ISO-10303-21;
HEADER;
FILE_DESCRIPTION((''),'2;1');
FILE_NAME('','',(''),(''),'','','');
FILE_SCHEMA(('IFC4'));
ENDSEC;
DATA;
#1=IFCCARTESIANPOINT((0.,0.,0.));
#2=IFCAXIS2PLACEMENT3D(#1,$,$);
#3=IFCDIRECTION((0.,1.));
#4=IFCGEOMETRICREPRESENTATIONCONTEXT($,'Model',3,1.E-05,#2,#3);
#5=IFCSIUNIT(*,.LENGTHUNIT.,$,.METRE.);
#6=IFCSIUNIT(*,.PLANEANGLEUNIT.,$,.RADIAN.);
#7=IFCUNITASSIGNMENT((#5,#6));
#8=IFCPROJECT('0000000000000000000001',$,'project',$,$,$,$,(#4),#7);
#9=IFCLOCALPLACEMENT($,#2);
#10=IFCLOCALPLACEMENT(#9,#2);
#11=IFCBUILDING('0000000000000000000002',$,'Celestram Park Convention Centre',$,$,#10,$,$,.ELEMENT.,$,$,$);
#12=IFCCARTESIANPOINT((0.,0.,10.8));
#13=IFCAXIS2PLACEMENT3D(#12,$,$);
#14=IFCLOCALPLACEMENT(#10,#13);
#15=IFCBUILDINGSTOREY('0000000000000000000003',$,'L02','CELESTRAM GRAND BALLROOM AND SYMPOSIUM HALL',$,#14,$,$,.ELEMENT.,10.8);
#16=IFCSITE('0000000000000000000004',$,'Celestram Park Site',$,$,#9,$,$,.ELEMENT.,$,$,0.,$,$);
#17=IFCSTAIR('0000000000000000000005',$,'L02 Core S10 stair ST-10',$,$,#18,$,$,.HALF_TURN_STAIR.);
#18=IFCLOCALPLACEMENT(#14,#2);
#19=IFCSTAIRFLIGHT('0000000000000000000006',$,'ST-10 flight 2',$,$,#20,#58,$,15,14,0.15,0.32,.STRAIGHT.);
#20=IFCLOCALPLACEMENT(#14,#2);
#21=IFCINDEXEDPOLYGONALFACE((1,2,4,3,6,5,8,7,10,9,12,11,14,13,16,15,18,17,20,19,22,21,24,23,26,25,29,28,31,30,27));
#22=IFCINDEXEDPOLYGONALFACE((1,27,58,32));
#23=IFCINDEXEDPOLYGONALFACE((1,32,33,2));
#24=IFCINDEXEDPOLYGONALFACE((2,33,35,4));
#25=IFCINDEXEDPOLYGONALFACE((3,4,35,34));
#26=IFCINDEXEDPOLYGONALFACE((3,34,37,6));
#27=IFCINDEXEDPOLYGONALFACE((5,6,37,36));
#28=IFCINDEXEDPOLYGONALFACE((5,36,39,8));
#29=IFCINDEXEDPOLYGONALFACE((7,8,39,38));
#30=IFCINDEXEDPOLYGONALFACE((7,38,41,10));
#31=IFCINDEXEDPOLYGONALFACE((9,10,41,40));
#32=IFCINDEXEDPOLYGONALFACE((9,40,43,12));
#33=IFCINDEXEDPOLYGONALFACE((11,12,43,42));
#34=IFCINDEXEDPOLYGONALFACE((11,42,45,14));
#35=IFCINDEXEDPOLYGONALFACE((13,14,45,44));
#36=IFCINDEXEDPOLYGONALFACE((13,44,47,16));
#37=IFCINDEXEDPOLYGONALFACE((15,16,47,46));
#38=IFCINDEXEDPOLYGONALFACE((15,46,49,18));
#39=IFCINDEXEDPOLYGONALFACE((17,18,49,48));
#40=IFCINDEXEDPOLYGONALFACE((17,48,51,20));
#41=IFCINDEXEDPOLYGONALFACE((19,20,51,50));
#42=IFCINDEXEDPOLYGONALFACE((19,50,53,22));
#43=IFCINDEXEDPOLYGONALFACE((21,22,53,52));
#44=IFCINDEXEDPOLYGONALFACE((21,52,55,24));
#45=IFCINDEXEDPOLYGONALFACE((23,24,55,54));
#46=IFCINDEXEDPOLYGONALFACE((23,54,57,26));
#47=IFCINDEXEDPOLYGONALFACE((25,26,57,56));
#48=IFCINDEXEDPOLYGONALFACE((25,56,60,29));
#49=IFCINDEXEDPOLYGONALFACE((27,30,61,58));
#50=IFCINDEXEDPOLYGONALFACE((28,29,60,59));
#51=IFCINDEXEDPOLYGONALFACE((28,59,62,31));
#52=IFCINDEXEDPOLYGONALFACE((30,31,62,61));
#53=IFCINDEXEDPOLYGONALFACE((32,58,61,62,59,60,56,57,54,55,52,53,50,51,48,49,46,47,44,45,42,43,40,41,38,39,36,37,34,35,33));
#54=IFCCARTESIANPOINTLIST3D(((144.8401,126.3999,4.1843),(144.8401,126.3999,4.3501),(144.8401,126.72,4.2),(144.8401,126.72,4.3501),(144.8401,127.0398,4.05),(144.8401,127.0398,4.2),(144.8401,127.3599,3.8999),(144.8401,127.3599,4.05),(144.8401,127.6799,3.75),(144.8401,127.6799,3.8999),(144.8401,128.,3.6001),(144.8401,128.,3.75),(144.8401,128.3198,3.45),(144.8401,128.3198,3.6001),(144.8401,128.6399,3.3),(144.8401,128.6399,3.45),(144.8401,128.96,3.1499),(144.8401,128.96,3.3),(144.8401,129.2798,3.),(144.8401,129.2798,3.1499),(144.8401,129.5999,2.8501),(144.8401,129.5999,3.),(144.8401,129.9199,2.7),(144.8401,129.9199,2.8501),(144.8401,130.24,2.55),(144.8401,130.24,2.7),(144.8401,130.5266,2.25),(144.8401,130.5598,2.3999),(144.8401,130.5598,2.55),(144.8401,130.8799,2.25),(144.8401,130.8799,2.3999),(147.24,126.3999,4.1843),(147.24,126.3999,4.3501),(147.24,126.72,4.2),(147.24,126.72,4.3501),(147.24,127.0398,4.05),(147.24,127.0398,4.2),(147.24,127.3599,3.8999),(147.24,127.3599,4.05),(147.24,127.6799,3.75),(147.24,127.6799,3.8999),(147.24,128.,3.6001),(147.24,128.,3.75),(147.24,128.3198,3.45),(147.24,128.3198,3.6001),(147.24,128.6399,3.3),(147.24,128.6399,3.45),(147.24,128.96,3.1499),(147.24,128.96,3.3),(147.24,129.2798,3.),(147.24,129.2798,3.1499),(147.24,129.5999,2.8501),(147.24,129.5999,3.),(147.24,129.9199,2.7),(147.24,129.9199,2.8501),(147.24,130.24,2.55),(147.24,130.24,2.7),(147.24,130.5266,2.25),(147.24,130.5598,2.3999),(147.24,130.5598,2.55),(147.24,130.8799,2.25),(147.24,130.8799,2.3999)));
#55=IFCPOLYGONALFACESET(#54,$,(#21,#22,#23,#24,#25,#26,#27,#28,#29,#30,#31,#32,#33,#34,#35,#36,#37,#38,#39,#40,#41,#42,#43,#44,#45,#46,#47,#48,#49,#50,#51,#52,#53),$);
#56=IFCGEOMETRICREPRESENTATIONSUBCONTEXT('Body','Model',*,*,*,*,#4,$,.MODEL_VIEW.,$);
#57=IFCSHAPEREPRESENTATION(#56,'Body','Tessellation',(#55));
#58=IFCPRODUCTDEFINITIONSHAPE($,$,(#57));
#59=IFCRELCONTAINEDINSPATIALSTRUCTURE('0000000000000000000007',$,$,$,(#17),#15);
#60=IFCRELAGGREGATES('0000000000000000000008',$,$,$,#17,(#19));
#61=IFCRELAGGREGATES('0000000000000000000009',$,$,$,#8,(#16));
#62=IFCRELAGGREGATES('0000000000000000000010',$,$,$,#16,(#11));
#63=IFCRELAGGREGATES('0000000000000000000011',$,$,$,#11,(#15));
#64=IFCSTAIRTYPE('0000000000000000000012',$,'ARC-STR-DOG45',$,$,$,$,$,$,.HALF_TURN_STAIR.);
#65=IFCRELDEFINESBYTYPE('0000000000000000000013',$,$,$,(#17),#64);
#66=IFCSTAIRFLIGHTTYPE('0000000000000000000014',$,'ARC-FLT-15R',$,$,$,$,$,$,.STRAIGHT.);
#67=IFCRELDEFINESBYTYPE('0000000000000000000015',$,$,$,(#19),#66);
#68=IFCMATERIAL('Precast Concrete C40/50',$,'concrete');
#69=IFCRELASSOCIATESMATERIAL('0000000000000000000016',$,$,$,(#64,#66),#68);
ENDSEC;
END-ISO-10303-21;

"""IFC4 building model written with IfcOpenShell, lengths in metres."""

from ifc_helpers import new_model, si_unit, direction, frame, origin, place, context, subcontext, project, spatial, polyline, outline, extrude, material, type_object, element, aggregate, save


model = new_model("IFC4")

# Units and contexts
model_context = context("Model", 3, precision=1e-05, world=origin(), true_north=direction((0.0, 1.0)))
body_context = subcontext(model_context, "Body", "Model", "MODEL_VIEW")
ifc_project = project(units=[si_unit("LENGTHUNIT", "METRE"), si_unit("PLANEANGLEUNIT", "RADIAN")], contexts=[model_context])

# Site, building, storey
site_placement = place(None, origin())
site = spatial("IfcSite", under=ifc_project, at=site_placement, Name="Celestram Park Site", CompositionType="ELEMENT", RefElevation=0.0)
building_placement = place(site_placement, origin())
building = spatial("IfcBuilding", under=site, at=building_placement, Name="Celestram Park Convention Centre", CompositionType="ELEMENT")
storey_placement = place(building_placement, frame((0.0, 0.0, 10.8)))
storey = spatial("IfcBuildingStorey", under=building, at=storey_placement, Name="L02", Description="CELESTRAM GRAND BALLROOM AND SYMPOSIUM HALL", CompositionType="ELEMENT", Elevation=10.8)

# Stair, stair flight
ifc_material_1 = material(Name="Precast Concrete C40/50", Category="concrete")
stair_type = type_object("IfcStairType", Name="ARC-STR-DOG45", PredefinedType="HALF_TURN_STAIR", material=ifc_material_1)
stair_placement = place(storey_placement, origin())
stair = element("IfcStair", 1, at=stair_placement, inside=storey, type_object=stair_type, Name="L02 Core S10 stair ST-10", PredefinedType="HALF_TURN_STAIR")
stair_flight_type = type_object("IfcStairFlightType", Name="ARC-FLT-15R", PredefinedType="STRAIGHT", material=ifc_material_1)
stair_flight_1_placement = place(storey_placement, frame((146.04, 130.8799, 2.25), z_axis=(0.0, 0.0, 1.0), x_axis=(0.0, -1.0, 0.0)))
stair_flight_1 = element("IfcStairFlight", 2, at=stair_flight_1_placement, type_object=stair_flight_type, Name="ST-10 flight 2", NumberOfRisers=15, NumberOfTreads=14, PredefinedType="STRAIGHT", RiserHeight=0.15, TreadLength=0.32, context=body_context, shape_type="SweptSolid", body=[
    extrude(outline(polyline([(0.0, 0.0), (0.0, 0.1499), (0.3201, 0.1499), (0.3201, 0.3), (0.6399, 0.3), (0.6399, 0.45), (0.96, 0.45), (0.96, 0.6001), (1.28, 0.6001), (1.28, 0.75), (1.6001, 0.75), (1.6001, 0.8999), (1.9199, 0.8999), (1.9199, 1.05), (2.24, 1.05), (2.24, 1.2), (2.5601, 1.2), (2.5601, 1.3501), (2.8799, 1.3501), (2.8799, 1.5), (3.2, 1.5), (3.2, 1.6499), (3.52, 1.6499), (3.52, 1.8), (3.8401, 1.8), (3.8401, 1.95), (4.1599, 1.95), (4.1599, 2.1001), (4.48, 2.1001), (4.48, 2.25), (4.48, 1.9343), (0.3533, 0.0), (0.0, 0.0)])), frame((0.0, 1.2, 0.0), z_axis=(0.0, -1.0, 0.0), x_axis=(1.0, 0.0, 0.0)), (0.0, 0.0, 1.0), 2.3999),
])
aggregate(stair, [stair_flight_1])

save(model, "model.ifc")
